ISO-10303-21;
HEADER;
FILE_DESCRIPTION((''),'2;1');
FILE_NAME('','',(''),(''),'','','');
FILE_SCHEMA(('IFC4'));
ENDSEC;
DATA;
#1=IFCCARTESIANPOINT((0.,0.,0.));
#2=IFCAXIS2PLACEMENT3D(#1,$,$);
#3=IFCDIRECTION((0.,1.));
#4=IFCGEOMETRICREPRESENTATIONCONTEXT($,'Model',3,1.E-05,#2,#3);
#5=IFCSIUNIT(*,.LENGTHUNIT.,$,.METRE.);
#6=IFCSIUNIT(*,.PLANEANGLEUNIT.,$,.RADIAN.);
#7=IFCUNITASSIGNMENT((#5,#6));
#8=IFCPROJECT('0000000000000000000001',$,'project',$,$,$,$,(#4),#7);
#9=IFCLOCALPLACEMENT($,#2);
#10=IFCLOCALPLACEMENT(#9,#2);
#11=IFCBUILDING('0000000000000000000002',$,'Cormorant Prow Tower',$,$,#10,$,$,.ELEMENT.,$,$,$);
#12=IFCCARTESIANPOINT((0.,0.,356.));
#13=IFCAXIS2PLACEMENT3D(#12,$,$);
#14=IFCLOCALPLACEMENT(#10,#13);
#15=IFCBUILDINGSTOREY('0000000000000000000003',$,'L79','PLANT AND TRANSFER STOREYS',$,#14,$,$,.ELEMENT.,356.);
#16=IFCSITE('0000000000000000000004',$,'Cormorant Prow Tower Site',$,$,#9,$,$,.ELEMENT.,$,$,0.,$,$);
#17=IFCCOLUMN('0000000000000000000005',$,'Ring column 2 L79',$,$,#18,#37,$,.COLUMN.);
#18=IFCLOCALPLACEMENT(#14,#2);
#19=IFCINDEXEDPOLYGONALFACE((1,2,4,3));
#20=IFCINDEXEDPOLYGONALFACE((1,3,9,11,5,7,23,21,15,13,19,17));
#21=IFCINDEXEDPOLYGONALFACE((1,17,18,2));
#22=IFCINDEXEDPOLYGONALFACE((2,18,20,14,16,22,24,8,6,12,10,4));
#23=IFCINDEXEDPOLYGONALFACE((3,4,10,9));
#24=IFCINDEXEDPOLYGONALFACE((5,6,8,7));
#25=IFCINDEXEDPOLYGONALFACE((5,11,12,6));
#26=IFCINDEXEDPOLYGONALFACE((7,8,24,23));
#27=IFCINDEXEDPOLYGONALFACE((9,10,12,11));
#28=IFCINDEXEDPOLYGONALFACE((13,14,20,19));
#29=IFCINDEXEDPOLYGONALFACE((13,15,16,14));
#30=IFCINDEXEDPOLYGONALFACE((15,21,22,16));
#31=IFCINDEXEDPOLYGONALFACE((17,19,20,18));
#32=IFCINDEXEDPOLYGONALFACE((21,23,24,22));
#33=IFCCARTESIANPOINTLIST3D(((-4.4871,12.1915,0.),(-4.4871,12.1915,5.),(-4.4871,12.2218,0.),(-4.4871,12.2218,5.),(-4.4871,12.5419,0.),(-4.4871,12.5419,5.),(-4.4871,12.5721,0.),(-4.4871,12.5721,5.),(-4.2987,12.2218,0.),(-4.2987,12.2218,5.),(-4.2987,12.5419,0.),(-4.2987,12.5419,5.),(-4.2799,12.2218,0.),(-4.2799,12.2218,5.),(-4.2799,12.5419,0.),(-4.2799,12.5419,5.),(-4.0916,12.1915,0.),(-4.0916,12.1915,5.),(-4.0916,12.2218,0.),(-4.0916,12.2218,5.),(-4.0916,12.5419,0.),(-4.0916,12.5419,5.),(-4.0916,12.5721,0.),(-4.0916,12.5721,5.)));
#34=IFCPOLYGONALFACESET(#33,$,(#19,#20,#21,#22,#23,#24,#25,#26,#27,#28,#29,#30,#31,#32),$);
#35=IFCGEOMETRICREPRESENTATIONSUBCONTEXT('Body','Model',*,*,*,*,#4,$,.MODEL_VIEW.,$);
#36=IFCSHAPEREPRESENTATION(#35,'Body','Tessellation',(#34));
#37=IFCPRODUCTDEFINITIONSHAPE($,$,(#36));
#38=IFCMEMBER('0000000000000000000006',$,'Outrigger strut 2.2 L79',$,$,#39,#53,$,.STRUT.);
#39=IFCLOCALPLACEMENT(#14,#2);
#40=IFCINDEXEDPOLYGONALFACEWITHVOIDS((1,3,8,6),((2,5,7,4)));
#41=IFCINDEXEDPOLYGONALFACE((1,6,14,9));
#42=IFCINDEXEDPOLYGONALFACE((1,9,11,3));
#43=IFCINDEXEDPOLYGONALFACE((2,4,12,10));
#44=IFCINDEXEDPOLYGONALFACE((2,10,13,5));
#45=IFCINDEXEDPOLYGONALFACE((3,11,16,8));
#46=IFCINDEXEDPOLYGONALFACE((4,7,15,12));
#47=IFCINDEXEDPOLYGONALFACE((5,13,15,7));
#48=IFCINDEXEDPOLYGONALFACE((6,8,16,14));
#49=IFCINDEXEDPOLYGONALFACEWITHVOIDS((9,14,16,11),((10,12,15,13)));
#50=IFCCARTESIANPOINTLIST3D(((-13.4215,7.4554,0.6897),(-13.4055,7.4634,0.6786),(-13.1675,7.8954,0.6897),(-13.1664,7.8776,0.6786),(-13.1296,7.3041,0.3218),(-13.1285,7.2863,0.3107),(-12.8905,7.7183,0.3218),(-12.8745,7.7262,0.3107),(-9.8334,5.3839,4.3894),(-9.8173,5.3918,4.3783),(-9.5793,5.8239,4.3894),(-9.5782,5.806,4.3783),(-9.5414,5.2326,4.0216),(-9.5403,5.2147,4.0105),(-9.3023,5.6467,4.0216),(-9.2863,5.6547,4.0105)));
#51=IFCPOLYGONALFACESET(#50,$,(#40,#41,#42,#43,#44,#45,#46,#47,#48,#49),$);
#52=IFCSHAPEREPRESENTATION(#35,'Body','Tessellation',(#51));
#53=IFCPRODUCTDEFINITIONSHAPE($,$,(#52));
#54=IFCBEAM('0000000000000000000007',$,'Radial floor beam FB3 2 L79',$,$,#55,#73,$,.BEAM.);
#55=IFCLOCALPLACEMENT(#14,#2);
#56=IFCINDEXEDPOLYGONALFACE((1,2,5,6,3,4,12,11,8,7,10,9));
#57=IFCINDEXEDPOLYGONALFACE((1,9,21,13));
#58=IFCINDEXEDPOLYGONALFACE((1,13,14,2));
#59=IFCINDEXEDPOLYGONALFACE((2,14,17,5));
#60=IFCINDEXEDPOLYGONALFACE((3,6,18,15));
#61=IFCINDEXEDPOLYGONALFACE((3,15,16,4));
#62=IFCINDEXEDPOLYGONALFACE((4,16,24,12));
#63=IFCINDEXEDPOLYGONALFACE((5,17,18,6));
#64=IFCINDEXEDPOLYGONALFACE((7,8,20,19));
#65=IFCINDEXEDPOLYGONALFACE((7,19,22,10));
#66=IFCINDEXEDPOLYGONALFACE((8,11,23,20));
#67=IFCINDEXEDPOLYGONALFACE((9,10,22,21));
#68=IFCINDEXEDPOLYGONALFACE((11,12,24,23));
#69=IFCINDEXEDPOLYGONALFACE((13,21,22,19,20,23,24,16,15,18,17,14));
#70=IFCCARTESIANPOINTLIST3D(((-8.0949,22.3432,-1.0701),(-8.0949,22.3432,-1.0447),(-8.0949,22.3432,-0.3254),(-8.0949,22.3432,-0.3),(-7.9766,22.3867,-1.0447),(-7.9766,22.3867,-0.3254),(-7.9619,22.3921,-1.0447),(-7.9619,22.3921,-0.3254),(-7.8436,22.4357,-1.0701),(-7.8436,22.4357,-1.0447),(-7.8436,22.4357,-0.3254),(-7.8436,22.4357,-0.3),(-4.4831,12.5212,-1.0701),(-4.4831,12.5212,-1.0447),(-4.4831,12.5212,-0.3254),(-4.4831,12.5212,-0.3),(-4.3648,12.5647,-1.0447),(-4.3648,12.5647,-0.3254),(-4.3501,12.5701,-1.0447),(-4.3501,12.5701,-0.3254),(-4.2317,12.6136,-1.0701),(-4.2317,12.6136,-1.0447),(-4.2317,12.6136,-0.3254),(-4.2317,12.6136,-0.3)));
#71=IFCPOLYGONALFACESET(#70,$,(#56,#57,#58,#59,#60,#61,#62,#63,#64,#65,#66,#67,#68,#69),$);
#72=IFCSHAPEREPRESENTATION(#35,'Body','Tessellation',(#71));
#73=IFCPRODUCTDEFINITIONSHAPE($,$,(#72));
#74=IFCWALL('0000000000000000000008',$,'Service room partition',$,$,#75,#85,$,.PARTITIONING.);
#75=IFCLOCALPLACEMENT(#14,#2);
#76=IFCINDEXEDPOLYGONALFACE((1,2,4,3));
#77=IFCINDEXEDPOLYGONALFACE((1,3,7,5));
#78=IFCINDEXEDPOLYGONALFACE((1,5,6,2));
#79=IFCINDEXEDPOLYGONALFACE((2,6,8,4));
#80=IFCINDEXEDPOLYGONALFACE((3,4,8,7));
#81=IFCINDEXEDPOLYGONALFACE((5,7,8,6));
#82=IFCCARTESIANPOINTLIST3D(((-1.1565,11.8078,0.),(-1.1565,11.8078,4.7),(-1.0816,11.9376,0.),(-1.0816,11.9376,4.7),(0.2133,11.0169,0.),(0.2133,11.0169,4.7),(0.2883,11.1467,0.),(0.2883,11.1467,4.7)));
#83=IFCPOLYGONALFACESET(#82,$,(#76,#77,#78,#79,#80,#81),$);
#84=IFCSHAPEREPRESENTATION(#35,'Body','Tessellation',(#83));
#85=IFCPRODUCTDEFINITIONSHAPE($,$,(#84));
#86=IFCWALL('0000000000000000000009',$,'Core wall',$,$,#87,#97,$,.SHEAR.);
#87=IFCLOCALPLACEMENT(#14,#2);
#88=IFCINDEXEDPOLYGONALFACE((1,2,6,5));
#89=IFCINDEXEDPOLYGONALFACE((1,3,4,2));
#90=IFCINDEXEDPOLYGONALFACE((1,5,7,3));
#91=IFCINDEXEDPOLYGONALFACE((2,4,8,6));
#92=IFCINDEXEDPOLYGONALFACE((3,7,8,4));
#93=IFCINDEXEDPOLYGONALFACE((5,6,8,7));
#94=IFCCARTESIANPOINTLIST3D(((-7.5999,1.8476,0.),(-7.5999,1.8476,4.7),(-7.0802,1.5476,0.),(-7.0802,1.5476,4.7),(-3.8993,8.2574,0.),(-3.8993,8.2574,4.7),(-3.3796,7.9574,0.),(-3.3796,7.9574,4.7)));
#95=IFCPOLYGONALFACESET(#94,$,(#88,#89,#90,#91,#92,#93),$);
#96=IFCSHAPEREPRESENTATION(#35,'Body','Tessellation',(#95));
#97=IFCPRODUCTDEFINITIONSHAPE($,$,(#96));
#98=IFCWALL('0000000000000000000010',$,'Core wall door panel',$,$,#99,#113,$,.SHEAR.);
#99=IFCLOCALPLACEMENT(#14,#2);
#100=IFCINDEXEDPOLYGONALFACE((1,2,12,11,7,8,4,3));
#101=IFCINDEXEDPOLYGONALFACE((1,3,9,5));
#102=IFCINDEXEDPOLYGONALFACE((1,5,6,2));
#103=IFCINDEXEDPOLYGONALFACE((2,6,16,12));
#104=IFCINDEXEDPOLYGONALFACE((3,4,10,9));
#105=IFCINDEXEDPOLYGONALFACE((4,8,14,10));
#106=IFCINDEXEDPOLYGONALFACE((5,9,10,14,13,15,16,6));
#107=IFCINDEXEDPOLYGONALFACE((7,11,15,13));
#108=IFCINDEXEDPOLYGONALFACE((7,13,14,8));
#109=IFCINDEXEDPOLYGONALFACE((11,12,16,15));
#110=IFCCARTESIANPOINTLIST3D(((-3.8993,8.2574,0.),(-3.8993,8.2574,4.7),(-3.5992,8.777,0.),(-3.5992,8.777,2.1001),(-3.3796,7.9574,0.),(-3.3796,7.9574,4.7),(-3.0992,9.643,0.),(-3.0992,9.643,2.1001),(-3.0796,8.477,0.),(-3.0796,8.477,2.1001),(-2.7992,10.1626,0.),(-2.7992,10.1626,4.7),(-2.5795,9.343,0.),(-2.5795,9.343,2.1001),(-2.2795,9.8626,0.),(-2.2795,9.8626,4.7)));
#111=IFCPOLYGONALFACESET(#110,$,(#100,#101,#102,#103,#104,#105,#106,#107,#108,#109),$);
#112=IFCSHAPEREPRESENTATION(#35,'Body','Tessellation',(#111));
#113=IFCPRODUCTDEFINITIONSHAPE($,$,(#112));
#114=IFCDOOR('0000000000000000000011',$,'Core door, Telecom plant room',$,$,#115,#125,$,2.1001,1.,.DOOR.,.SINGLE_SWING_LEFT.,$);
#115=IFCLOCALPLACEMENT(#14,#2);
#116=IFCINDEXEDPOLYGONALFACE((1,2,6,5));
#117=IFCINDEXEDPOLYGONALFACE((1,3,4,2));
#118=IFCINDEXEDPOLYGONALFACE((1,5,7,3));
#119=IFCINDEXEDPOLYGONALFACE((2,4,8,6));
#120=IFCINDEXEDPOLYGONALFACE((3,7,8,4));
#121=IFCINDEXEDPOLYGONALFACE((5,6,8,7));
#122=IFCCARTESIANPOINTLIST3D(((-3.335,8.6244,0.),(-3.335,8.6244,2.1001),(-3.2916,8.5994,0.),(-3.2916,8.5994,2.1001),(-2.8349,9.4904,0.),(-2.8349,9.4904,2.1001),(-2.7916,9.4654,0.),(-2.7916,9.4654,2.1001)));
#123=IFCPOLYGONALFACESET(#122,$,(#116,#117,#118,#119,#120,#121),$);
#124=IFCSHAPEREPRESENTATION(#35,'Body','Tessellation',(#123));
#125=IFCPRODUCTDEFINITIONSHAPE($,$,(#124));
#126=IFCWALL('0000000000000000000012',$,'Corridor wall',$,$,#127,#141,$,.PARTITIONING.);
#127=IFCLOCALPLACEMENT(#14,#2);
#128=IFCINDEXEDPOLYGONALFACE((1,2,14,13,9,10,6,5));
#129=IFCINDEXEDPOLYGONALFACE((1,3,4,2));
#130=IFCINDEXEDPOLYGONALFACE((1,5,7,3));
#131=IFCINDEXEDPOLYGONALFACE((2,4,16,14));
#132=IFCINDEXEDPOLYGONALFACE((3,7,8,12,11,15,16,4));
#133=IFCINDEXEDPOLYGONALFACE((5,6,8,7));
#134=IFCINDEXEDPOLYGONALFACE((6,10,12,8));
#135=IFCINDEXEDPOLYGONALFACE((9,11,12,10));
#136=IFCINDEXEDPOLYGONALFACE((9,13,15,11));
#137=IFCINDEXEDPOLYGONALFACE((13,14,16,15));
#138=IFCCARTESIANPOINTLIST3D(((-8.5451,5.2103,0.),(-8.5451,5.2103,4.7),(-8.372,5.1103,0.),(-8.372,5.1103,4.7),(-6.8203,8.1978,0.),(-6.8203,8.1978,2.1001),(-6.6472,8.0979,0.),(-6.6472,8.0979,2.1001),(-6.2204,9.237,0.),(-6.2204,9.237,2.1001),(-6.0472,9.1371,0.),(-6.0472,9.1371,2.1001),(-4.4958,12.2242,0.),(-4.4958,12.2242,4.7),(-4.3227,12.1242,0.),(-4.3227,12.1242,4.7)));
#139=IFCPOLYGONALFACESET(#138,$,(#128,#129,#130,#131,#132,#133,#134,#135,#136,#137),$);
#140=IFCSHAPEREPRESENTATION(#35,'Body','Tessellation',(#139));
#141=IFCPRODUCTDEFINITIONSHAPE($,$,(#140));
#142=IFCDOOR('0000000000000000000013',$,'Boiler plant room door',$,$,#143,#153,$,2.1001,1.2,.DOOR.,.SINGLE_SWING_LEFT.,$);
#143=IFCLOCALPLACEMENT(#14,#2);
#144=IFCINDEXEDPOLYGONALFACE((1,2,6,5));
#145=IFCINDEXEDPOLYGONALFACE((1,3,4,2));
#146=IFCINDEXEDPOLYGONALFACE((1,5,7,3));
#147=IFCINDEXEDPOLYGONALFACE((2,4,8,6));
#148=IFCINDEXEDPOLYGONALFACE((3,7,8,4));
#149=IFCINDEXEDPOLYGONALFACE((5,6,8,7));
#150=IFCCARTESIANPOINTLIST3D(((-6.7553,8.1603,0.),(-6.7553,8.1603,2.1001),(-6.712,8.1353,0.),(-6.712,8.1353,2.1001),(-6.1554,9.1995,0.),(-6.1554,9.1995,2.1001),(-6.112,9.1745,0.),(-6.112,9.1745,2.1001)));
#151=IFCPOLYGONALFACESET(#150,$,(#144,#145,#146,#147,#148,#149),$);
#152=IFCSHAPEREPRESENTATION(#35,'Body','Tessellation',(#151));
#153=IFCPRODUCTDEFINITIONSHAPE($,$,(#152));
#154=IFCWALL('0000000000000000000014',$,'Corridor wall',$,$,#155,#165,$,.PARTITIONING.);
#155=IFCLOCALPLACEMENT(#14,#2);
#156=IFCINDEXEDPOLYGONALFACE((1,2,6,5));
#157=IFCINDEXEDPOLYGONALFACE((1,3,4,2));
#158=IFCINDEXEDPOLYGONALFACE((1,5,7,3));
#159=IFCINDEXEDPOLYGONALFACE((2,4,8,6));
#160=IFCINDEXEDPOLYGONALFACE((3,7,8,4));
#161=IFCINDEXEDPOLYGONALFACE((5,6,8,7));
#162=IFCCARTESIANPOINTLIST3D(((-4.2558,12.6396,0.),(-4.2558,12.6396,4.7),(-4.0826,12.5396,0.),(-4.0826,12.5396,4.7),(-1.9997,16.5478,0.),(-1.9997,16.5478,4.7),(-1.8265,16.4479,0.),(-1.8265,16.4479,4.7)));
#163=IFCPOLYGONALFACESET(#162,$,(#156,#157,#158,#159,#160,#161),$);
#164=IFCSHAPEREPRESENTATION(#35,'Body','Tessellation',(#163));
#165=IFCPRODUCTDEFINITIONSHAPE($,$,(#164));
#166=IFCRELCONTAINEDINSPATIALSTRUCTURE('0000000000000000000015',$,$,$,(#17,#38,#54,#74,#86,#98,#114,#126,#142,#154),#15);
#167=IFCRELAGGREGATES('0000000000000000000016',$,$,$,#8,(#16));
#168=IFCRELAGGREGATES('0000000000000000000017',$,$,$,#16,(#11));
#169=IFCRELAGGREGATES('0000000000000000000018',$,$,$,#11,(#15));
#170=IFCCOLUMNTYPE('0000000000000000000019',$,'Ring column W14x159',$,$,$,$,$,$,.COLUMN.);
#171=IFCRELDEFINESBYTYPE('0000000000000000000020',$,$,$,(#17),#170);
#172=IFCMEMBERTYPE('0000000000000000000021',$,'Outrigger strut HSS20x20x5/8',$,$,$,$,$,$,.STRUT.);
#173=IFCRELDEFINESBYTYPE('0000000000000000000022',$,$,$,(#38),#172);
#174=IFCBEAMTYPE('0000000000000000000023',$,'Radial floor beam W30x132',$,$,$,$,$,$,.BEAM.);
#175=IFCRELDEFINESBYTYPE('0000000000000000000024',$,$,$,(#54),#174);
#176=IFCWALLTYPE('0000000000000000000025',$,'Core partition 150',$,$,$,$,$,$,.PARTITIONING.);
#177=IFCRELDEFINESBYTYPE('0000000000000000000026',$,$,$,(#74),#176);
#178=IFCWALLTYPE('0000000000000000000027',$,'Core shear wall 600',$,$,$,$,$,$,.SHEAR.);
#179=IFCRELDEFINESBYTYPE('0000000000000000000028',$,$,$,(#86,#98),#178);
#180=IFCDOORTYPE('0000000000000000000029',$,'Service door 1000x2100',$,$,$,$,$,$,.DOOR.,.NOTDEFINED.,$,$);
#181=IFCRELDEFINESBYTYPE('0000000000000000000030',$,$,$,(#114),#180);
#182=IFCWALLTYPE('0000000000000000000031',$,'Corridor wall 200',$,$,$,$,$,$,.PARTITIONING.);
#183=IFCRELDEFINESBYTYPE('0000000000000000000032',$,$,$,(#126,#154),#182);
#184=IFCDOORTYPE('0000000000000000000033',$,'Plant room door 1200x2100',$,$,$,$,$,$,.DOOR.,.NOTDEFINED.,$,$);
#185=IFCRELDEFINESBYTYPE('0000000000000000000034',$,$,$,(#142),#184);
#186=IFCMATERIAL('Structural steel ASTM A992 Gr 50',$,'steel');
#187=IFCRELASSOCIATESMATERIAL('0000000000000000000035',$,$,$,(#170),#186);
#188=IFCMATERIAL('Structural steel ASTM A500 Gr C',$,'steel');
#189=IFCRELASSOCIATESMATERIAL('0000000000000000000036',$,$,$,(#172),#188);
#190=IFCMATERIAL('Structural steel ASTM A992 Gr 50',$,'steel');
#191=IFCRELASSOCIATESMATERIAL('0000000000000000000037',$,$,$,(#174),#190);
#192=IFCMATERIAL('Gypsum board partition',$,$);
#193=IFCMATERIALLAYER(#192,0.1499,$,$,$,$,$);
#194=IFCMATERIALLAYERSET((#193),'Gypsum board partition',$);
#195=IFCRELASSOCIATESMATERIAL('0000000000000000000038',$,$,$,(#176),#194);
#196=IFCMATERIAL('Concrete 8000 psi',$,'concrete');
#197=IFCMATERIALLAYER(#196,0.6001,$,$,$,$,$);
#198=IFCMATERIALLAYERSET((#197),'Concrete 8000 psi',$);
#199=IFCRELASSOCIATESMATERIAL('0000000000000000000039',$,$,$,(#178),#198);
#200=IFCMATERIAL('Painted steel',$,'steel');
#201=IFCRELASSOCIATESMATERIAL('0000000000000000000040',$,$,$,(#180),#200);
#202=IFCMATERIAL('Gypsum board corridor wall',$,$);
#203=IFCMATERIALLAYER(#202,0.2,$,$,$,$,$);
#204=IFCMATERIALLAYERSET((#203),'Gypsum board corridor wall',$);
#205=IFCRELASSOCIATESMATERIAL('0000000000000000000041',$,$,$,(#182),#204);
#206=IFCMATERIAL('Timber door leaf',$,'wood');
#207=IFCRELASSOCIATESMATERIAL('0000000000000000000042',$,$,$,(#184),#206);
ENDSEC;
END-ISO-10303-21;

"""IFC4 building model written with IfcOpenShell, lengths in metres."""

from ifc_helpers import new_model, si_unit, direction, frame, frame_2d, origin, origin_2d, place, context, subcontext, project, spatial, rectangle, hollow_rectangle, i_section, extrude, material, layer, layer_set, material_profile, profile_set, type_object, element, fill, save


model = new_model("IFC4")

# Units and contexts
model_context = context("Model", 3, precision=1e-05, world=origin(), true_north=direction((0.0, 1.0)))
body_context = subcontext(model_context, "Body", "Model", "MODEL_VIEW")
ifc_project = project(units=[si_unit("LENGTHUNIT", "METRE"), si_unit("PLANEANGLEUNIT", "RADIAN")], contexts=[model_context])

# Site, building, storey
site_placement = place(None, origin())
site = spatial("IfcSite", under=ifc_project, at=site_placement, Name="Cormorant Prow Tower Site", CompositionType="ELEMENT", RefElevation=0.0)
building_placement = place(site_placement, origin())
building = spatial("IfcBuilding", under=site, at=building_placement, Name="Cormorant Prow Tower", CompositionType="ELEMENT")
storey_placement = place(building_placement, frame((0.0, 0.0, 356.0)))
storey = spatial("IfcBuildingStorey", under=building, at=storey_placement, Name="L79", Description="PLANT AND TRANSFER STOREYS", CompositionType="ELEMENT", Elevation=356.0)

# Column
ifc_material_1 = material(Name="Structural steel ASTM A992 Gr 50", Category="steel")
ifc_material_profile_1 = material_profile(ifc_material_1, i_section(OverallWidth=0.3955, OverallDepth=0.3806, WebThickness=0.0188, FlangeThickness=0.0303, at=origin_2d()), Name="W14x159")
ifc_profile_set_1 = profile_set([ifc_material_profile_1], Name="Structural steel ASTM A992 Gr 50")
column_type = type_object("IfcColumnType", Name="Ring column W14x159", PredefinedType="COLUMN", material=ifc_profile_set_1)
column_placement = place(storey_placement, frame((-4.2893, 12.3818, 0.0), z_axis=(0.0, 0.0, 1.0), x_axis=(1.0, 0.0, 0.0)))
element("IfcColumn", 1, at=column_placement, inside=storey, type_object=column_type, Name="Ring column 2 L79", PredefinedType="COLUMN", context=body_context, shape_type="SweptSolid", body=[
    extrude(i_section(OverallWidth=0.3955, OverallDepth=0.3806, WebThickness=0.0188, FlangeThickness=0.0303, at=origin_2d()), origin(), (0.0, 0.0, 1.0), 5.0),
])

# Member
ifc_material_2 = material(Name="Structural steel ASTM A500 Gr C", Category="steel")
ifc_material_profile_2 = material_profile(ifc_material_2, hollow_rectangle(XDim=0.5081, YDim=0.5081, WallThickness=0.0149, at=origin_2d()), Name="HSS20x20x5/8")
ifc_profile_set_2 = profile_set([ifc_material_profile_2], Name="Structural steel ASTM A500 Gr C")
member_type = type_object("IfcMemberType", Name="Outrigger strut HSS20x20x5/8", PredefinedType="STRUT", material=ifc_profile_set_2)
member_placement = place(storey_placement, frame((-9.5598, 5.5193, 4.2), z_axis=(-0.645973, 0.372939, -0.66606), x_axis=(-0.499986, -0.866033, 0.0)))
element("IfcMember", 2, at=member_placement, inside=storey, type_object=member_type, Name="Outrigger strut 2.2 L79", PredefinedType="STRUT", context=body_context, shape_type="SweptSolid", body=[
    extrude(hollow_rectangle(XDim=0.5081, YDim=0.5081, WallThickness=0.0149, at=origin_2d()), origin(), (0.0, 0.0, 1.0), 5.5547),
])

# Beam
ifc_material_3 = material(Name="Structural steel ASTM A992 Gr 50", Category="steel")
ifc_material_profile_3 = material_profile(ifc_material_3, i_section(OverallWidth=0.2678, OverallDepth=0.77, WebThickness=0.0156, FlangeThickness=0.0254, at=origin_2d()), Name="W30x132")
ifc_profile_set_3 = profile_set([ifc_material_profile_3], Name="Structural steel ASTM A992 Gr 50")
beam_type = type_object("IfcBeamType", Name="Radial floor beam W30x132", PredefinedType="BEAM", material=ifc_profile_set_3)
beam_placement = place(storey_placement, frame((-4.3574, 12.5674, -0.6851), z_axis=(-0.345131, 0.938554, 0.0), x_axis=(-0.938554, -0.345131, 0.0)))
element("IfcBeam", 3, at=beam_placement, inside=storey, type_object=beam_type, Name="Radial floor beam FB3 2 L79", PredefinedType="BEAM", context=body_context, shape_type="SweptSolid", body=[
    extrude(i_section(OverallWidth=0.2678, OverallDepth=0.77, WebThickness=0.0156, FlangeThickness=0.0254, at=origin_2d()), origin(), (0.0, 0.0, 1.0), 10.4651),
])

# Walls
ifc_material_4 = material(Name="Gypsum board partition")
ifc_layer_1 = layer(ifc_material_4, 0.1499)
ifc_layer_set_1 = layer_set([ifc_layer_1], Name="Gypsum board partition")
wall_type_1 = type_object("IfcWallType", Name="Core partition 150", PredefinedType="PARTITIONING", material=ifc_layer_set_1)
wall_1_placement = place(storey_placement, frame((-1.1191, 11.8728, 0.0), z_axis=(0.0, 0.0, 1.0), x_axis=(0.865993, -0.500056, 0.0)))
element("IfcWall", 4, at=wall_1_placement, inside=storey, type_object=wall_type_1, Name="Service room partition", PredefinedType="PARTITIONING", context=body_context, shape_type="SweptSolid", body=[
    extrude(rectangle(XDim=1.5818, YDim=0.1499, at=frame_2d((0.791, 0.0))), origin(), (0.0, 0.0, 1.0), 4.7),
])
ifc_material_5 = material(Name="Concrete 8000 psi", Category="concrete")
ifc_layer_2 = layer(ifc_material_5, 0.6001)
ifc_layer_set_2 = layer_set([ifc_layer_2], Name="Concrete 8000 psi")
wall_type_2 = type_object("IfcWallType", Name="Core shear wall 600", PredefinedType="SHEAR", material=ifc_layer_set_2)
wall_2_placement = place(storey_placement, frame((-3.6394, 8.1074, 0.0), z_axis=(0.0, 0.0, 1.0), x_axis=(-0.499992, -0.86603, 0.0)))
element("IfcWall", 5, at=wall_2_placement, inside=storey, type_object=wall_type_2, Name="Core wall", PredefinedType="SHEAR", context=body_context, shape_type="SweptSolid", body=[
    extrude(rectangle(XDim=7.4014, YDim=0.6001, at=frame_2d((3.7007, 0.0))), origin(), (0.0, 0.0, 1.0), 4.7),
])

# Walls, openings, doors
wall_3_placement = place(storey_placement, frame((-2.5393, 10.0127, 0.0), z_axis=(0.0, 0.0, 1.0), x_axis=(-0.50003, -0.866008, 0.0)))
wall_3 = element("IfcWall", 6, at=wall_3_placement, inside=storey, type_object=wall_type_2, Name="Core wall door panel", PredefinedType="SHEAR", context=body_context, shape_type="SweptSolid", body=[
    extrude(rectangle(XDim=2.2, YDim=0.6001, at=frame_2d((1.1001, 0.0))), origin(), (0.0, 0.0, 1.0), 4.7),
])
opening_1_placement = place(wall_3_placement, frame((0.6001, 0.0, 0.0)))
opening_1 = element("IfcOpeningElement", 7, at=opening_1_placement, cuts=wall_3, PredefinedType="OPENING", context=body_context, shape_type="SweptSolid", body=[
    extrude(rectangle(XDim=1.0, YDim=2.1001, at=frame_2d((0.5, 1.05))), frame((0.0, 0.3101, 0.0), z_axis=(0.0, -1.0, 0.0), x_axis=(1.0, 0.0, 0.0)), (0.0, 0.0, 1.0), 0.6201),
])
ifc_material_6 = material(Name="Painted steel", Category="steel")
door_type_1 = type_object("IfcDoorType", Name="Service door 1000x2100", OperationType="NOTDEFINED", PredefinedType="DOOR", material=ifc_material_6)
door_1_placement = place(opening_1_placement, origin())
door_1 = element("IfcDoor", 8, at=door_1_placement, inside=storey, type_object=door_type_1, Name="Core door, Telecom plant room", OperationType="SINGLE_SWING_LEFT", OverallHeight=2.1001, OverallWidth=1.0, PredefinedType="DOOR", context=body_context, shape_type="SweptSolid", body=[
    extrude(rectangle(XDim=1.0, YDim=2.1001, at=frame_2d((0.5, 1.05))), frame((0.0, 0.0552, 0.0), z_axis=(0.0, -1.0, 0.0), x_axis=(1.0, 0.0, 0.0)), (0.0, 0.0, 1.0), 0.05),
])
fill(opening_1, door_1)
ifc_material_7 = material(Name="Gypsum board corridor wall")
ifc_layer_3 = layer(ifc_material_7, 0.2)
ifc_layer_set_3 = layer_set([ifc_layer_3], Name="Gypsum board corridor wall")
wall_type_3 = type_object("IfcWallType", Name="Corridor wall 200", PredefinedType="PARTITIONING", material=ifc_layer_set_3)
wall_4_placement = place(storey_placement, frame((-8.4585, 5.1604, 0.0), z_axis=(0.0, 0.0, 1.0), x_axis=(0.499984, 0.866034, 0.0)))
wall_4 = element("IfcWall", 9, at=wall_4_placement, inside=storey, type_object=wall_type_3, Name="Corridor wall", PredefinedType="PARTITIONING", context=body_context, shape_type="SweptSolid", body=[
    extrude(rectangle(XDim=8.0989, YDim=0.2, at=frame_2d((4.0493, 0.0))), origin(), (0.0, 0.0, 1.0), 4.7),
])
opening_2_placement = place(wall_4_placement, frame((3.4495, 0.0, 0.0)))
opening_2 = element("IfcOpeningElement", 10, at=opening_2_placement, cuts=wall_4, PredefinedType="OPENING", context=body_context, shape_type="SweptSolid", body=[
    extrude(rectangle(XDim=1.2, YDim=2.1001, at=frame_2d((0.6001, 1.05))), frame((0.0, 0.1099, 0.0), z_axis=(0.0, -1.0, 0.0), x_axis=(1.0, 0.0, 0.0)), (0.0, 0.0, 1.0), 0.22),
])
ifc_material_8 = material(Name="Timber door leaf", Category="wood")
door_type_2 = type_object("IfcDoorType", Name="Plant room door 1200x2100", OperationType="NOTDEFINED", PredefinedType="DOOR", material=ifc_material_8)
door_2_placement = place(opening_2_placement, origin())
door_2 = element("IfcDoor", 11, at=door_2_placement, inside=storey, type_object=door_type_2, Name="Boiler plant room door", OperationType="SINGLE_SWING_LEFT", OverallHeight=2.1001, OverallWidth=1.2, PredefinedType="DOOR", context=body_context, shape_type="SweptSolid", body=[
    extrude(rectangle(XDim=1.2, YDim=2.1001, at=frame_2d((0.6001, 1.05))), frame((0.0, 0.0249, 0.0), z_axis=(0.0, -1.0, 0.0), x_axis=(1.0, 0.0, 0.0)), (0.0, 0.0, 1.0), 0.05),
])
fill(opening_2, door_2)

# Wall
wall_5_placement = place(storey_placement, frame((-4.1692, 12.5896, 0.0), z_axis=(0.0, 0.0, 1.0), x_axis=(0.49995, 0.866054, 0.0)))
element("IfcWall", 12, at=wall_5_placement, inside=storey, type_object=wall_type_3, Name="Corridor wall", PredefinedType="PARTITIONING", context=body_context, shape_type="SweptSolid", body=[
    extrude(rectangle(XDim=4.5127, YDim=0.2, at=frame_2d((2.2563, 0.0))), origin(), (0.0, 0.0, 1.0), 4.7),
])

save(model, "model.ifc")
